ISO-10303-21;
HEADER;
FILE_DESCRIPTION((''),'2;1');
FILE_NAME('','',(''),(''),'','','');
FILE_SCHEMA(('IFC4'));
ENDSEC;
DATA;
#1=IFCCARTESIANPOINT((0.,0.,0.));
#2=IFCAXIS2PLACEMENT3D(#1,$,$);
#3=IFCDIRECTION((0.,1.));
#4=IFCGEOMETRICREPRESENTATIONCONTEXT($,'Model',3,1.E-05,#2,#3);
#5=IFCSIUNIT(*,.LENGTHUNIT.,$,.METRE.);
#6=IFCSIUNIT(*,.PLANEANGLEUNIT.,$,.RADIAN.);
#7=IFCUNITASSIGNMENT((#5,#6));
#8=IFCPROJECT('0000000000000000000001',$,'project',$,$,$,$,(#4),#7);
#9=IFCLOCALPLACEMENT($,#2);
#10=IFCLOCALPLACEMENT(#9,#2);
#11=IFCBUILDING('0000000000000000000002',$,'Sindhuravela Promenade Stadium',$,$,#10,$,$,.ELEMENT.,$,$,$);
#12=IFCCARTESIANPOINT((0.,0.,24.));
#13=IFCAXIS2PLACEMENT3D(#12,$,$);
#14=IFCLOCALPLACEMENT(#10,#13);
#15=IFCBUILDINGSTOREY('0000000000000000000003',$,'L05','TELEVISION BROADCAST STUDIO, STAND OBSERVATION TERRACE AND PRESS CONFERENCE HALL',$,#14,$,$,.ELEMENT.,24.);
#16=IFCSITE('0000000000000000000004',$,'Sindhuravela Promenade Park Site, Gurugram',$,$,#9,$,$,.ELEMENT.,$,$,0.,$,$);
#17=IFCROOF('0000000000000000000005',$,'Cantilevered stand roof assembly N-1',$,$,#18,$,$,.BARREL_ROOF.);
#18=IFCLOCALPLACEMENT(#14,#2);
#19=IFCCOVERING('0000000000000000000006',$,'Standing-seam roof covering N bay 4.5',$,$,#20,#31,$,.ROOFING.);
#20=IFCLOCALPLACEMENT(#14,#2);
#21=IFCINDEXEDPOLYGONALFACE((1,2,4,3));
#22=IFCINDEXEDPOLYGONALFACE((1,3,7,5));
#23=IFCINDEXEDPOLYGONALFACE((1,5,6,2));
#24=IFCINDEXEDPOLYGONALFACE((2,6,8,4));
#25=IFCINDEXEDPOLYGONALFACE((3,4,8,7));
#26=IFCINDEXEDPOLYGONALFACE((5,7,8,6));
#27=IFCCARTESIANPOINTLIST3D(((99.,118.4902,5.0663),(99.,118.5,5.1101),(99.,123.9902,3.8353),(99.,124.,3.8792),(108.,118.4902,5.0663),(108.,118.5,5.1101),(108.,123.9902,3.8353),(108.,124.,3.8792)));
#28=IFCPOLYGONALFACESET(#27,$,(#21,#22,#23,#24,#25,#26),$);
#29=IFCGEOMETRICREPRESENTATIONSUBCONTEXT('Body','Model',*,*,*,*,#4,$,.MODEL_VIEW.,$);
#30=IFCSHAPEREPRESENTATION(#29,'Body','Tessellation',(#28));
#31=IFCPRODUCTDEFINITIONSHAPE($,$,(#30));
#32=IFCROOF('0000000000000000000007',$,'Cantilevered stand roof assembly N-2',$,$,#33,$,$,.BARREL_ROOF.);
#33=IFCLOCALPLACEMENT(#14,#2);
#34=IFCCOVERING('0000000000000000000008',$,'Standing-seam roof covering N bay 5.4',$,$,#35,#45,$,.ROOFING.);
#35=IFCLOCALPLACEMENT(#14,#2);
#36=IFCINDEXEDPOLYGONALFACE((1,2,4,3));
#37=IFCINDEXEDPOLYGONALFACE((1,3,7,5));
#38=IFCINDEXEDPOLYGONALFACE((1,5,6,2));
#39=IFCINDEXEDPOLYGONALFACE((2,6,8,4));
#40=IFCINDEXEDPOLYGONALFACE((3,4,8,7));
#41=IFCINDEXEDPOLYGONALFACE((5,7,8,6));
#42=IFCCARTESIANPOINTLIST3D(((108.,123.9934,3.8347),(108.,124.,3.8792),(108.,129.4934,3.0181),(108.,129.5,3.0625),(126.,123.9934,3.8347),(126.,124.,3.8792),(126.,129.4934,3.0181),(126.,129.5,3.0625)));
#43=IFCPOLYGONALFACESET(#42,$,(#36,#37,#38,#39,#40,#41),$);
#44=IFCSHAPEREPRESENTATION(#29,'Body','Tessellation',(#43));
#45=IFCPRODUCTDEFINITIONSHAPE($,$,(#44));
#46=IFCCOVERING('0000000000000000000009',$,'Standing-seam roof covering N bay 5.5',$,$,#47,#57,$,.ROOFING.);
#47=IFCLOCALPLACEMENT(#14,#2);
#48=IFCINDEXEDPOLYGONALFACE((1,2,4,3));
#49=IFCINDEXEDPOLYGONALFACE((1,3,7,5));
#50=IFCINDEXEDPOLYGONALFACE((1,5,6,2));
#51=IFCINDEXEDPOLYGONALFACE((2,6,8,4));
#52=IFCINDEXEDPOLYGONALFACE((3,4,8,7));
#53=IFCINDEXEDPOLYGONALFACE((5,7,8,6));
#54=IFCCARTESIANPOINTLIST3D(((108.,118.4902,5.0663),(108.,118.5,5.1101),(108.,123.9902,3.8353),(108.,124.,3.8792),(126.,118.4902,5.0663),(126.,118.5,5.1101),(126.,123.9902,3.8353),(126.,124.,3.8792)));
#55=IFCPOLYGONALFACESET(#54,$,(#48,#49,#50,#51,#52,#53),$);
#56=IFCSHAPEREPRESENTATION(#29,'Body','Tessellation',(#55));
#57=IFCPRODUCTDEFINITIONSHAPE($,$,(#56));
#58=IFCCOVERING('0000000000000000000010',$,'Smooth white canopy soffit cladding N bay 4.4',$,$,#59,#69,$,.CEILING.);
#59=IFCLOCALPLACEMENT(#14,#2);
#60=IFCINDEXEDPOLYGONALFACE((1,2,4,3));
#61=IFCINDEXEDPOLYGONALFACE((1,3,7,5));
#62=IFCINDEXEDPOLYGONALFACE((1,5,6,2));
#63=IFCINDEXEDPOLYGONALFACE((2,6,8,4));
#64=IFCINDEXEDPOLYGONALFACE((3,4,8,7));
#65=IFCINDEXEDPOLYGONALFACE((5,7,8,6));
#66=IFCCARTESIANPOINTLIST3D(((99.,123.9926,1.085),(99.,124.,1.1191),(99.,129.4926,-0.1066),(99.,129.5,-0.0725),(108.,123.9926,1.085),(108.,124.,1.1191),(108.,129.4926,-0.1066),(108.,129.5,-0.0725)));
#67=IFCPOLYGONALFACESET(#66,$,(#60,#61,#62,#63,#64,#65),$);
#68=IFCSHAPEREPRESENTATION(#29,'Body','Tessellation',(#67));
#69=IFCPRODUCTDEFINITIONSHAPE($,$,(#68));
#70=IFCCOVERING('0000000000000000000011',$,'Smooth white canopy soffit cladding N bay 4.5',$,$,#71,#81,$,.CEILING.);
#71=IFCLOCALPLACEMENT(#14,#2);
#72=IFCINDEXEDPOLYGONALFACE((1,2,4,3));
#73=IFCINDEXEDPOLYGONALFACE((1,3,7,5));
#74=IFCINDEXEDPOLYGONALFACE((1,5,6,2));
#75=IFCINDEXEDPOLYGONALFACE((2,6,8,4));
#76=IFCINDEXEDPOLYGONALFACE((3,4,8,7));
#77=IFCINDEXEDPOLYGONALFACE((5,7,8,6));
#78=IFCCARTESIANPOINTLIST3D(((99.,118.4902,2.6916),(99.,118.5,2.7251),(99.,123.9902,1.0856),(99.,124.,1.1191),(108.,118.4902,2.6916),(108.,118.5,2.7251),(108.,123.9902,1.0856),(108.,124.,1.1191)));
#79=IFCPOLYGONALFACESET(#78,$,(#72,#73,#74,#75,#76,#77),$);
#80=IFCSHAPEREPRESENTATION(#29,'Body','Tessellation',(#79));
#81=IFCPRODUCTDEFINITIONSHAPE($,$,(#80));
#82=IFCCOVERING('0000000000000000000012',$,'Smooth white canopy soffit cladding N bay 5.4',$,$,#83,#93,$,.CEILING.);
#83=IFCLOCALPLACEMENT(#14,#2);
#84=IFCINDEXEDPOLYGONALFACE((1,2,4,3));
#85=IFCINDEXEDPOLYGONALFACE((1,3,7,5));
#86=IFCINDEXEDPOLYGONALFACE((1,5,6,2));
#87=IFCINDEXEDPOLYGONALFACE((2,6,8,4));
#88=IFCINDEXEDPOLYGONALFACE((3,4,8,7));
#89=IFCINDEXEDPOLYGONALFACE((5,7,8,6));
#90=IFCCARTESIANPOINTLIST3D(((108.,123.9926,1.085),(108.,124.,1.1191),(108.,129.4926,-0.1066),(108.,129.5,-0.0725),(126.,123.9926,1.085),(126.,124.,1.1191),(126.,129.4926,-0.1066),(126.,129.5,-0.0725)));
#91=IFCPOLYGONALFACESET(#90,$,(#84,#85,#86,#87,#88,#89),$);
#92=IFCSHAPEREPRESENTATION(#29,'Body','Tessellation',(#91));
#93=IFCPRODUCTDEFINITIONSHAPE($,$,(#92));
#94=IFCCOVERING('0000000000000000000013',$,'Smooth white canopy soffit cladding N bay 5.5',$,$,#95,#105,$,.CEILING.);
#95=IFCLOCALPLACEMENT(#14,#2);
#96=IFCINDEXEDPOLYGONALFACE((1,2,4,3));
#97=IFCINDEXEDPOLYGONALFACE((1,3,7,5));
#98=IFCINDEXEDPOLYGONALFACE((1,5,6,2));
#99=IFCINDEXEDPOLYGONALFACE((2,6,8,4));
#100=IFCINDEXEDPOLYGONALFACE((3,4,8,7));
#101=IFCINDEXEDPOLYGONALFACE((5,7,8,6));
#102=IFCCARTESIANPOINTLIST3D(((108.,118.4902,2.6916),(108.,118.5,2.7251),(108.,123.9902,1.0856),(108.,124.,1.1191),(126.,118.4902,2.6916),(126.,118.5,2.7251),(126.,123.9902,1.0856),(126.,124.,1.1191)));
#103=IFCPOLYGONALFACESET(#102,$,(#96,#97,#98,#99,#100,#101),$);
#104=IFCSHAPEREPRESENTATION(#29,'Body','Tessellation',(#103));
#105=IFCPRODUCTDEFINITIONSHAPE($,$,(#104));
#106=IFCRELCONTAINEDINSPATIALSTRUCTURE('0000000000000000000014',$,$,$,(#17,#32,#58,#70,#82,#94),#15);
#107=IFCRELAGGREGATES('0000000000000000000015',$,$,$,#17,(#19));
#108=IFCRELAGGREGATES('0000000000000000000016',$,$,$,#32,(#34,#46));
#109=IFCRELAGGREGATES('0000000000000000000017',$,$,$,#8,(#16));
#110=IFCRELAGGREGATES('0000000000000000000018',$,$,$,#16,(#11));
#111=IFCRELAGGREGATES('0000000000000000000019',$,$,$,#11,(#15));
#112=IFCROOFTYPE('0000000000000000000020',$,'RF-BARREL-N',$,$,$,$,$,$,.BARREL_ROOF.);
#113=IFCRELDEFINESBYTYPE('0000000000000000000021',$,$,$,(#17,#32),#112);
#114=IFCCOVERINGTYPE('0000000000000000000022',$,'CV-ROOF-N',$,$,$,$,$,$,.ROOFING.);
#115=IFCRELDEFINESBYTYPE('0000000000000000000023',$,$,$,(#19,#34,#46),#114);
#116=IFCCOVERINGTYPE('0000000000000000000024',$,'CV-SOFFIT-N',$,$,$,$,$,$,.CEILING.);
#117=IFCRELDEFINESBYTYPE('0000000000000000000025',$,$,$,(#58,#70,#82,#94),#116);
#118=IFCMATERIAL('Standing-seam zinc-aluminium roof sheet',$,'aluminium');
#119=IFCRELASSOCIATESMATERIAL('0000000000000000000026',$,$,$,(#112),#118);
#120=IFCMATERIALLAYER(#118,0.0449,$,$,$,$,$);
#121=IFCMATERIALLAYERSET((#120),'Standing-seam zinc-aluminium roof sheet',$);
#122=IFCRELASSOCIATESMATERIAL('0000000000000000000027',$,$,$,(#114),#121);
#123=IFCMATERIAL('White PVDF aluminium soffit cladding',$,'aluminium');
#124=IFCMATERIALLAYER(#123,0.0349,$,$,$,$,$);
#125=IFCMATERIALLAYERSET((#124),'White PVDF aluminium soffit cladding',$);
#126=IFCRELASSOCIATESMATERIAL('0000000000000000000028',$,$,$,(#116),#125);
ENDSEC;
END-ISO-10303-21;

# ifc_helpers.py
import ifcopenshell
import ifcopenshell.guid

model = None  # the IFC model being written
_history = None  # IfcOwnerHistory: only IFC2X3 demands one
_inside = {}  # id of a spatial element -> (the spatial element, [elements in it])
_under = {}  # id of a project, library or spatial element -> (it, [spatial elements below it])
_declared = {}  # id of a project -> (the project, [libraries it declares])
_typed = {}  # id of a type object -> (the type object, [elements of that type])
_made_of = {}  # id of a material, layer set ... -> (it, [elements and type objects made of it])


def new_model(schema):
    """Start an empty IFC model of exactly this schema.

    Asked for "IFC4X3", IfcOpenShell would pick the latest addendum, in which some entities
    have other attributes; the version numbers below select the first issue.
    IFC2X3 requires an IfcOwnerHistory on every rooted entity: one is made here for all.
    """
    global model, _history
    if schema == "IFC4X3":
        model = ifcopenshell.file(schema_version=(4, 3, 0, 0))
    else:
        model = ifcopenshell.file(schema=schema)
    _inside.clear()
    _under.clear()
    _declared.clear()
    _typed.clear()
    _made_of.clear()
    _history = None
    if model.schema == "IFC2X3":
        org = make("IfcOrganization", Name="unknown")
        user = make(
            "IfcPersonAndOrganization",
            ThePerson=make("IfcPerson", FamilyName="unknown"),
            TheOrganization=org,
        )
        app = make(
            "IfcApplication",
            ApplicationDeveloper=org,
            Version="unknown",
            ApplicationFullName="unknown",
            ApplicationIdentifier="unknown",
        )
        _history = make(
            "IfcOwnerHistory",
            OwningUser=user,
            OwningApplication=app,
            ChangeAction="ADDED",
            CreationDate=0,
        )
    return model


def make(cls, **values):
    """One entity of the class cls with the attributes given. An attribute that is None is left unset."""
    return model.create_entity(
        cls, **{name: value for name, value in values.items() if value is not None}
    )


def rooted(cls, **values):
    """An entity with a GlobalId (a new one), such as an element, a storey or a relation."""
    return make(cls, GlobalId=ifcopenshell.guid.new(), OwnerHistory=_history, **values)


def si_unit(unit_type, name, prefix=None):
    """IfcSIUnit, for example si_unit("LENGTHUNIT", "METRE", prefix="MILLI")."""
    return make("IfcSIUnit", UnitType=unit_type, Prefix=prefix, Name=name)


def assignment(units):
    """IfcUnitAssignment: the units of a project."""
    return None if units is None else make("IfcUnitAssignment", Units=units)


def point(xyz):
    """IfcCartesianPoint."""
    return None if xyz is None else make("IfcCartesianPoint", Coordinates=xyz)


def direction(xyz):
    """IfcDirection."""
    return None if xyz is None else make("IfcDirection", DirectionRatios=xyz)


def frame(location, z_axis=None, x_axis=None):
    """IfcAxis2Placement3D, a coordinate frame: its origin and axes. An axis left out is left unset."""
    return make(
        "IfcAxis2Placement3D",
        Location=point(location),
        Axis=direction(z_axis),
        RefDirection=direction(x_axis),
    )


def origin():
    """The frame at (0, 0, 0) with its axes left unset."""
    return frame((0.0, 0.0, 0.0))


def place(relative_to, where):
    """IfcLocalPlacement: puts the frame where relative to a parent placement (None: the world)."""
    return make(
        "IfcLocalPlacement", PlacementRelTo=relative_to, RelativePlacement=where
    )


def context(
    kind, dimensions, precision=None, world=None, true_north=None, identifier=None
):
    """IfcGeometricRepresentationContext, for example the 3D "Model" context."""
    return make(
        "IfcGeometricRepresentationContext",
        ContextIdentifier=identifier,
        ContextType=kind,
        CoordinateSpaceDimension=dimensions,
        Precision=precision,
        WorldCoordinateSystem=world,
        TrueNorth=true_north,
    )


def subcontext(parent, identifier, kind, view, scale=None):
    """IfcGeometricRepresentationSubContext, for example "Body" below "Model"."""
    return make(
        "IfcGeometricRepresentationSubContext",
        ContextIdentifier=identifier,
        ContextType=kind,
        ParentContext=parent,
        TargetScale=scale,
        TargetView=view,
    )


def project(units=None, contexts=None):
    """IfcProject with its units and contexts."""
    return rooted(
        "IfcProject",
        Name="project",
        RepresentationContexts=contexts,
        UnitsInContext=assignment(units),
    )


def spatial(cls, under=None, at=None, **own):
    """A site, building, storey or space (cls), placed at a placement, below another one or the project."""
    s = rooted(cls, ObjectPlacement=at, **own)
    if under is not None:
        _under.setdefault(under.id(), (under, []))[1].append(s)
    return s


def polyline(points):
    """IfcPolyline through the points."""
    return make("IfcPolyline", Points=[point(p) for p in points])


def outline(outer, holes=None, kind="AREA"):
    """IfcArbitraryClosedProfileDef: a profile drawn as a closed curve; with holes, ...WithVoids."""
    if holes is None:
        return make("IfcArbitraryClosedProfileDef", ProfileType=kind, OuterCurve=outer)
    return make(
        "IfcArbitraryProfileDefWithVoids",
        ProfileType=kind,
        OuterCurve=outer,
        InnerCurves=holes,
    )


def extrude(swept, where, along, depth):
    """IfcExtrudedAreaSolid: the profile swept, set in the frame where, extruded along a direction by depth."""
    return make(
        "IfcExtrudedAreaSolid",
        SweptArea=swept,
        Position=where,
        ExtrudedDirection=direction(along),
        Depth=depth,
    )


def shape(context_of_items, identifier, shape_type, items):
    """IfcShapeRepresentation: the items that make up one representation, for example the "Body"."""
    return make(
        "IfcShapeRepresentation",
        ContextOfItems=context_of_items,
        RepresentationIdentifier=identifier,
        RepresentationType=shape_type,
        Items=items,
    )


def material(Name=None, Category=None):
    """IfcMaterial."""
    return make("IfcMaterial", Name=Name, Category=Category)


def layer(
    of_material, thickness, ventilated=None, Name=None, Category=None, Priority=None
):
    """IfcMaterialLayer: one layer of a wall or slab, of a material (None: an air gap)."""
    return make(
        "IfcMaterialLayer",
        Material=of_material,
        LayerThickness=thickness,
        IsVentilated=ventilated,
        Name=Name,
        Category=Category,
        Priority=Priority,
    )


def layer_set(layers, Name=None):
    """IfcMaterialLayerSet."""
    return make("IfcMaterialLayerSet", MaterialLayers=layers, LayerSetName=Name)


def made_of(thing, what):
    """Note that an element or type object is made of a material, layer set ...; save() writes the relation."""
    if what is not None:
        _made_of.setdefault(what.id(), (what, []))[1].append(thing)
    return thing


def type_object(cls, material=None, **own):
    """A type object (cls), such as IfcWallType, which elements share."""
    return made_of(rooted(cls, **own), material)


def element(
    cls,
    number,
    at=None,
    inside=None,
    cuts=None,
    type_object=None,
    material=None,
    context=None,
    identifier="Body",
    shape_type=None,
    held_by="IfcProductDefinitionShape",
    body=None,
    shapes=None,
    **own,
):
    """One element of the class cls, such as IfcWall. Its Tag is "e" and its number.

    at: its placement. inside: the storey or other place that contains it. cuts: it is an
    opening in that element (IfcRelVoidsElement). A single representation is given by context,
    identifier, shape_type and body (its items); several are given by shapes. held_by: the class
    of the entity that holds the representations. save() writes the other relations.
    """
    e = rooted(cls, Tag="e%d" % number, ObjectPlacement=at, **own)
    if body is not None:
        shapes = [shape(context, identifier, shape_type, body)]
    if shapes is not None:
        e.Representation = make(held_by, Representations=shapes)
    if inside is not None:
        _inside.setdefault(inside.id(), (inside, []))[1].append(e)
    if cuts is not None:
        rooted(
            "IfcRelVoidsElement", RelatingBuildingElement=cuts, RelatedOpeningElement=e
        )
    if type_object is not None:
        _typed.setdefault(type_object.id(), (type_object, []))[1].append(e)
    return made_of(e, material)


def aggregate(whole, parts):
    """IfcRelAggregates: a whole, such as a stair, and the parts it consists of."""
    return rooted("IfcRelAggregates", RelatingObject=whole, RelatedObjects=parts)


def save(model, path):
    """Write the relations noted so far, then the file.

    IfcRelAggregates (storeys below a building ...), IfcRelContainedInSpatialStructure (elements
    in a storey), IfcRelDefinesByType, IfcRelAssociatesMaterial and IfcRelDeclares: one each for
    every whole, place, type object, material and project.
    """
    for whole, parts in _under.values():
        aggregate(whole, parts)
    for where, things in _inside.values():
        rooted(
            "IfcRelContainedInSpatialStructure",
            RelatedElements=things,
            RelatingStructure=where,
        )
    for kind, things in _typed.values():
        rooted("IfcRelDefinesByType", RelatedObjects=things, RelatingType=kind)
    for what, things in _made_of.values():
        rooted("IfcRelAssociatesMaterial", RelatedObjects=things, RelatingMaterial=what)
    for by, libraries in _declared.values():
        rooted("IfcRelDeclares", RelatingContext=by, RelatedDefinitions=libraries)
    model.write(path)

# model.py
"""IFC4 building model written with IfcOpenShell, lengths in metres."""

from ifc_helpers import new_model, si_unit, direction, frame, origin, place, context, subcontext, project, spatial, polyline, outline, extrude, material, layer, layer_set, type_object, element, aggregate, save


model = new_model("IFC4")

# Units and contexts
model_context = context("Model", 3, precision=1e-05, world=origin(), true_north=direction((0.0, 1.0)))
body_context = subcontext(model_context, "Body", "Model", "MODEL_VIEW")
ifc_project = project(units=[si_unit("LENGTHUNIT", "METRE"), si_unit("PLANEANGLEUNIT", "RADIAN")], contexts=[model_context])

# Site, building, storey
site_placement = place(None, origin())
site = spatial("IfcSite", under=ifc_project, at=site_placement, Name="Sindhuravela Promenade Park Site, Gurugram", CompositionType="ELEMENT", RefElevation=0.0)
building_placement = place(site_placement, origin())
building = spatial("IfcBuilding", under=site, at=building_placement, Name="Sindhuravela Promenade Stadium", CompositionType="ELEMENT")
storey_placement = place(building_placement, frame((0.0, 0.0, 24.0)))
storey = spatial("IfcBuildingStorey", under=building, at=storey_placement, Name="L05", Description="TELEVISION BROADCAST STUDIO, STAND OBSERVATION TERRACE AND PRESS CONFERENCE HALL", CompositionType="ELEMENT", Elevation=24.0)

# Roofs, coverings
ifc_material_1 = material(Name="Standing-seam zinc-aluminium roof sheet", Category="aluminium")
roof_type = type_object("IfcRoofType", Name="RF-BARREL-N", PredefinedType="BARREL_ROOF", material=ifc_material_1)
roof_1_placement = place(storey_placement, origin())
roof_1 = element("IfcRoof", 1, at=roof_1_placement, inside=storey, type_object=roof_type, Name="Cantilevered stand roof assembly N-1", PredefinedType="BARREL_ROOF")
ifc_layer_1 = layer(ifc_material_1, 0.0449)
ifc_layer_set_1 = layer_set([ifc_layer_1], Name="Standing-seam zinc-aluminium roof sheet")
covering_type_1 = type_object("IfcCoveringType", Name="CV-ROOF-N", PredefinedType="ROOFING", material=ifc_layer_set_1)
covering_1_placement = place(storey_placement, frame((99.0, 124.0, 3.8792), z_axis=(0.0, 0.218407, 0.975858), x_axis=(1.0, 0.0, 0.0)))
covering_1 = element("IfcCovering", 2, at=covering_1_placement, type_object=covering_type_1, Name="Standing-seam roof covering N bay 4.5", PredefinedType="ROOFING", context=body_context, shape_type="SweptSolid", body=[
    extrude(outline(polyline([(0.0, 0.0), (0.0, -5.6361), (9.0, -5.6361), (9.0, 0.0), (0.0, 0.0)])), origin(), (0.0, 0.0, -1.0), 0.0449),
])
aggregate(roof_1, [covering_1])
roof_2_placement = place(storey_placement, origin())
roof_2 = element("IfcRoof", 3, at=roof_2_placement, inside=storey, type_object=roof_type, Name="Cantilevered stand roof assembly N-2", PredefinedType="BARREL_ROOF")
covering_2_placement = place(storey_placement, frame((108.0, 129.5, 3.0625), z_axis=(0.0, 0.146872, 0.989156), x_axis=(1.0, 0.0, 0.0)))
covering_2 = element("IfcCovering", 4, at=covering_2_placement, type_object=covering_type_1, Name="Standing-seam roof covering N bay 5.4", PredefinedType="ROOFING", context=body_context, shape_type="SweptSolid", body=[
    extrude(outline(polyline([(0.0, 0.0), (0.0, -5.5603), (18.0, -5.5603), (18.0, 0.0), (0.0, 0.0)])), origin(), (0.0, 0.0, -1.0), 0.0449),
])
covering_3_placement = place(storey_placement, frame((108.0, 124.0, 3.8792), z_axis=(0.0, 0.218407, 0.975858), x_axis=(1.0, 0.0, 0.0)))
covering_3 = element("IfcCovering", 5, at=covering_3_placement, type_object=covering_type_1, Name="Standing-seam roof covering N bay 5.5", PredefinedType="ROOFING", context=body_context, shape_type="SweptSolid", body=[
    extrude(outline(polyline([(0.0, 0.0), (0.0, -5.6361), (18.0, -5.6361), (18.0, 0.0), (0.0, 0.0)])), origin(), (0.0, 0.0, -1.0), 0.0449),
])
aggregate(roof_2, [covering_2, covering_3])

# Coverings
ifc_material_2 = material(Name="White PVDF aluminium soffit cladding", Category="aluminium")
ifc_layer_2 = layer(ifc_material_2, 0.0349)
ifc_layer_set_2 = layer_set([ifc_layer_2], Name="White PVDF aluminium soffit cladding")
covering_type_2 = type_object("IfcCoveringType", Name="CV-SOFFIT-N", PredefinedType="CEILING", material=ifc_layer_set_2)
covering_4_placement = place(storey_placement, frame((99.0, 129.5, -0.0725), z_axis=(0.0, 0.211751, 0.977324), x_axis=(1.0, 0.0, 0.0)))
element("IfcCovering", 6, at=covering_4_placement, inside=storey, type_object=covering_type_2, Name="Smooth white canopy soffit cladding N bay 4.4", PredefinedType="CEILING", context=body_context, shape_type="SweptSolid", body=[
    extrude(outline(polyline([(0.0, 0.0), (0.0, -5.6276), (9.0, -5.6276), (9.0, 0.0), (0.0, 0.0)])), origin(), (0.0, 0.0, -1.0), 0.0349),
])
covering_5_placement = place(storey_placement, frame((99.0, 124.0, 1.1191), z_axis=(0.0, 0.280288, 0.959916), x_axis=(1.0, 0.0, 0.0)))
element("IfcCovering", 7, at=covering_5_placement, inside=storey, type_object=covering_type_2, Name="Smooth white canopy soffit cladding N bay 4.5", PredefinedType="CEILING", context=body_context, shape_type="SweptSolid", body=[
    extrude(outline(polyline([(0.0, 0.0), (0.0, -5.7297), (9.0, -5.7297), (9.0, 0.0), (0.0, 0.0)])), origin(), (0.0, 0.0, -1.0), 0.0349),
])
covering_6_placement = place(storey_placement, frame((108.0, 129.5, -0.0725), z_axis=(0.0, 0.211751, 0.977324), x_axis=(1.0, 0.0, 0.0)))
element("IfcCovering", 8, at=covering_6_placement, inside=storey, type_object=covering_type_2, Name="Smooth white canopy soffit cladding N bay 5.4", PredefinedType="CEILING", context=body_context, shape_type="SweptSolid", body=[
    extrude(outline(polyline([(0.0, 0.0), (0.0, -5.6276), (18.0, -5.6276), (18.0, 0.0), (0.0, 0.0)])), origin(), (0.0, 0.0, -1.0), 0.0349),
])
covering_7_placement = place(storey_placement, frame((108.0, 124.0, 1.1191), z_axis=(0.0, 0.280288, 0.959916), x_axis=(1.0, 0.0, 0.0)))
element("IfcCovering", 9, at=covering_7_placement, inside=storey, type_object=covering_type_2, Name="Smooth white canopy soffit cladding N bay 5.5", PredefinedType="CEILING", context=body_context, shape_type="SweptSolid", body=[
    extrude(outline(polyline([(0.0, 0.0), (0.0, -5.7297), (18.0, -5.7297), (18.0, 0.0), (0.0, 0.0)])), origin(), (0.0, 0.0, -1.0), 0.0349),
])

save(model, "model.ifc")
